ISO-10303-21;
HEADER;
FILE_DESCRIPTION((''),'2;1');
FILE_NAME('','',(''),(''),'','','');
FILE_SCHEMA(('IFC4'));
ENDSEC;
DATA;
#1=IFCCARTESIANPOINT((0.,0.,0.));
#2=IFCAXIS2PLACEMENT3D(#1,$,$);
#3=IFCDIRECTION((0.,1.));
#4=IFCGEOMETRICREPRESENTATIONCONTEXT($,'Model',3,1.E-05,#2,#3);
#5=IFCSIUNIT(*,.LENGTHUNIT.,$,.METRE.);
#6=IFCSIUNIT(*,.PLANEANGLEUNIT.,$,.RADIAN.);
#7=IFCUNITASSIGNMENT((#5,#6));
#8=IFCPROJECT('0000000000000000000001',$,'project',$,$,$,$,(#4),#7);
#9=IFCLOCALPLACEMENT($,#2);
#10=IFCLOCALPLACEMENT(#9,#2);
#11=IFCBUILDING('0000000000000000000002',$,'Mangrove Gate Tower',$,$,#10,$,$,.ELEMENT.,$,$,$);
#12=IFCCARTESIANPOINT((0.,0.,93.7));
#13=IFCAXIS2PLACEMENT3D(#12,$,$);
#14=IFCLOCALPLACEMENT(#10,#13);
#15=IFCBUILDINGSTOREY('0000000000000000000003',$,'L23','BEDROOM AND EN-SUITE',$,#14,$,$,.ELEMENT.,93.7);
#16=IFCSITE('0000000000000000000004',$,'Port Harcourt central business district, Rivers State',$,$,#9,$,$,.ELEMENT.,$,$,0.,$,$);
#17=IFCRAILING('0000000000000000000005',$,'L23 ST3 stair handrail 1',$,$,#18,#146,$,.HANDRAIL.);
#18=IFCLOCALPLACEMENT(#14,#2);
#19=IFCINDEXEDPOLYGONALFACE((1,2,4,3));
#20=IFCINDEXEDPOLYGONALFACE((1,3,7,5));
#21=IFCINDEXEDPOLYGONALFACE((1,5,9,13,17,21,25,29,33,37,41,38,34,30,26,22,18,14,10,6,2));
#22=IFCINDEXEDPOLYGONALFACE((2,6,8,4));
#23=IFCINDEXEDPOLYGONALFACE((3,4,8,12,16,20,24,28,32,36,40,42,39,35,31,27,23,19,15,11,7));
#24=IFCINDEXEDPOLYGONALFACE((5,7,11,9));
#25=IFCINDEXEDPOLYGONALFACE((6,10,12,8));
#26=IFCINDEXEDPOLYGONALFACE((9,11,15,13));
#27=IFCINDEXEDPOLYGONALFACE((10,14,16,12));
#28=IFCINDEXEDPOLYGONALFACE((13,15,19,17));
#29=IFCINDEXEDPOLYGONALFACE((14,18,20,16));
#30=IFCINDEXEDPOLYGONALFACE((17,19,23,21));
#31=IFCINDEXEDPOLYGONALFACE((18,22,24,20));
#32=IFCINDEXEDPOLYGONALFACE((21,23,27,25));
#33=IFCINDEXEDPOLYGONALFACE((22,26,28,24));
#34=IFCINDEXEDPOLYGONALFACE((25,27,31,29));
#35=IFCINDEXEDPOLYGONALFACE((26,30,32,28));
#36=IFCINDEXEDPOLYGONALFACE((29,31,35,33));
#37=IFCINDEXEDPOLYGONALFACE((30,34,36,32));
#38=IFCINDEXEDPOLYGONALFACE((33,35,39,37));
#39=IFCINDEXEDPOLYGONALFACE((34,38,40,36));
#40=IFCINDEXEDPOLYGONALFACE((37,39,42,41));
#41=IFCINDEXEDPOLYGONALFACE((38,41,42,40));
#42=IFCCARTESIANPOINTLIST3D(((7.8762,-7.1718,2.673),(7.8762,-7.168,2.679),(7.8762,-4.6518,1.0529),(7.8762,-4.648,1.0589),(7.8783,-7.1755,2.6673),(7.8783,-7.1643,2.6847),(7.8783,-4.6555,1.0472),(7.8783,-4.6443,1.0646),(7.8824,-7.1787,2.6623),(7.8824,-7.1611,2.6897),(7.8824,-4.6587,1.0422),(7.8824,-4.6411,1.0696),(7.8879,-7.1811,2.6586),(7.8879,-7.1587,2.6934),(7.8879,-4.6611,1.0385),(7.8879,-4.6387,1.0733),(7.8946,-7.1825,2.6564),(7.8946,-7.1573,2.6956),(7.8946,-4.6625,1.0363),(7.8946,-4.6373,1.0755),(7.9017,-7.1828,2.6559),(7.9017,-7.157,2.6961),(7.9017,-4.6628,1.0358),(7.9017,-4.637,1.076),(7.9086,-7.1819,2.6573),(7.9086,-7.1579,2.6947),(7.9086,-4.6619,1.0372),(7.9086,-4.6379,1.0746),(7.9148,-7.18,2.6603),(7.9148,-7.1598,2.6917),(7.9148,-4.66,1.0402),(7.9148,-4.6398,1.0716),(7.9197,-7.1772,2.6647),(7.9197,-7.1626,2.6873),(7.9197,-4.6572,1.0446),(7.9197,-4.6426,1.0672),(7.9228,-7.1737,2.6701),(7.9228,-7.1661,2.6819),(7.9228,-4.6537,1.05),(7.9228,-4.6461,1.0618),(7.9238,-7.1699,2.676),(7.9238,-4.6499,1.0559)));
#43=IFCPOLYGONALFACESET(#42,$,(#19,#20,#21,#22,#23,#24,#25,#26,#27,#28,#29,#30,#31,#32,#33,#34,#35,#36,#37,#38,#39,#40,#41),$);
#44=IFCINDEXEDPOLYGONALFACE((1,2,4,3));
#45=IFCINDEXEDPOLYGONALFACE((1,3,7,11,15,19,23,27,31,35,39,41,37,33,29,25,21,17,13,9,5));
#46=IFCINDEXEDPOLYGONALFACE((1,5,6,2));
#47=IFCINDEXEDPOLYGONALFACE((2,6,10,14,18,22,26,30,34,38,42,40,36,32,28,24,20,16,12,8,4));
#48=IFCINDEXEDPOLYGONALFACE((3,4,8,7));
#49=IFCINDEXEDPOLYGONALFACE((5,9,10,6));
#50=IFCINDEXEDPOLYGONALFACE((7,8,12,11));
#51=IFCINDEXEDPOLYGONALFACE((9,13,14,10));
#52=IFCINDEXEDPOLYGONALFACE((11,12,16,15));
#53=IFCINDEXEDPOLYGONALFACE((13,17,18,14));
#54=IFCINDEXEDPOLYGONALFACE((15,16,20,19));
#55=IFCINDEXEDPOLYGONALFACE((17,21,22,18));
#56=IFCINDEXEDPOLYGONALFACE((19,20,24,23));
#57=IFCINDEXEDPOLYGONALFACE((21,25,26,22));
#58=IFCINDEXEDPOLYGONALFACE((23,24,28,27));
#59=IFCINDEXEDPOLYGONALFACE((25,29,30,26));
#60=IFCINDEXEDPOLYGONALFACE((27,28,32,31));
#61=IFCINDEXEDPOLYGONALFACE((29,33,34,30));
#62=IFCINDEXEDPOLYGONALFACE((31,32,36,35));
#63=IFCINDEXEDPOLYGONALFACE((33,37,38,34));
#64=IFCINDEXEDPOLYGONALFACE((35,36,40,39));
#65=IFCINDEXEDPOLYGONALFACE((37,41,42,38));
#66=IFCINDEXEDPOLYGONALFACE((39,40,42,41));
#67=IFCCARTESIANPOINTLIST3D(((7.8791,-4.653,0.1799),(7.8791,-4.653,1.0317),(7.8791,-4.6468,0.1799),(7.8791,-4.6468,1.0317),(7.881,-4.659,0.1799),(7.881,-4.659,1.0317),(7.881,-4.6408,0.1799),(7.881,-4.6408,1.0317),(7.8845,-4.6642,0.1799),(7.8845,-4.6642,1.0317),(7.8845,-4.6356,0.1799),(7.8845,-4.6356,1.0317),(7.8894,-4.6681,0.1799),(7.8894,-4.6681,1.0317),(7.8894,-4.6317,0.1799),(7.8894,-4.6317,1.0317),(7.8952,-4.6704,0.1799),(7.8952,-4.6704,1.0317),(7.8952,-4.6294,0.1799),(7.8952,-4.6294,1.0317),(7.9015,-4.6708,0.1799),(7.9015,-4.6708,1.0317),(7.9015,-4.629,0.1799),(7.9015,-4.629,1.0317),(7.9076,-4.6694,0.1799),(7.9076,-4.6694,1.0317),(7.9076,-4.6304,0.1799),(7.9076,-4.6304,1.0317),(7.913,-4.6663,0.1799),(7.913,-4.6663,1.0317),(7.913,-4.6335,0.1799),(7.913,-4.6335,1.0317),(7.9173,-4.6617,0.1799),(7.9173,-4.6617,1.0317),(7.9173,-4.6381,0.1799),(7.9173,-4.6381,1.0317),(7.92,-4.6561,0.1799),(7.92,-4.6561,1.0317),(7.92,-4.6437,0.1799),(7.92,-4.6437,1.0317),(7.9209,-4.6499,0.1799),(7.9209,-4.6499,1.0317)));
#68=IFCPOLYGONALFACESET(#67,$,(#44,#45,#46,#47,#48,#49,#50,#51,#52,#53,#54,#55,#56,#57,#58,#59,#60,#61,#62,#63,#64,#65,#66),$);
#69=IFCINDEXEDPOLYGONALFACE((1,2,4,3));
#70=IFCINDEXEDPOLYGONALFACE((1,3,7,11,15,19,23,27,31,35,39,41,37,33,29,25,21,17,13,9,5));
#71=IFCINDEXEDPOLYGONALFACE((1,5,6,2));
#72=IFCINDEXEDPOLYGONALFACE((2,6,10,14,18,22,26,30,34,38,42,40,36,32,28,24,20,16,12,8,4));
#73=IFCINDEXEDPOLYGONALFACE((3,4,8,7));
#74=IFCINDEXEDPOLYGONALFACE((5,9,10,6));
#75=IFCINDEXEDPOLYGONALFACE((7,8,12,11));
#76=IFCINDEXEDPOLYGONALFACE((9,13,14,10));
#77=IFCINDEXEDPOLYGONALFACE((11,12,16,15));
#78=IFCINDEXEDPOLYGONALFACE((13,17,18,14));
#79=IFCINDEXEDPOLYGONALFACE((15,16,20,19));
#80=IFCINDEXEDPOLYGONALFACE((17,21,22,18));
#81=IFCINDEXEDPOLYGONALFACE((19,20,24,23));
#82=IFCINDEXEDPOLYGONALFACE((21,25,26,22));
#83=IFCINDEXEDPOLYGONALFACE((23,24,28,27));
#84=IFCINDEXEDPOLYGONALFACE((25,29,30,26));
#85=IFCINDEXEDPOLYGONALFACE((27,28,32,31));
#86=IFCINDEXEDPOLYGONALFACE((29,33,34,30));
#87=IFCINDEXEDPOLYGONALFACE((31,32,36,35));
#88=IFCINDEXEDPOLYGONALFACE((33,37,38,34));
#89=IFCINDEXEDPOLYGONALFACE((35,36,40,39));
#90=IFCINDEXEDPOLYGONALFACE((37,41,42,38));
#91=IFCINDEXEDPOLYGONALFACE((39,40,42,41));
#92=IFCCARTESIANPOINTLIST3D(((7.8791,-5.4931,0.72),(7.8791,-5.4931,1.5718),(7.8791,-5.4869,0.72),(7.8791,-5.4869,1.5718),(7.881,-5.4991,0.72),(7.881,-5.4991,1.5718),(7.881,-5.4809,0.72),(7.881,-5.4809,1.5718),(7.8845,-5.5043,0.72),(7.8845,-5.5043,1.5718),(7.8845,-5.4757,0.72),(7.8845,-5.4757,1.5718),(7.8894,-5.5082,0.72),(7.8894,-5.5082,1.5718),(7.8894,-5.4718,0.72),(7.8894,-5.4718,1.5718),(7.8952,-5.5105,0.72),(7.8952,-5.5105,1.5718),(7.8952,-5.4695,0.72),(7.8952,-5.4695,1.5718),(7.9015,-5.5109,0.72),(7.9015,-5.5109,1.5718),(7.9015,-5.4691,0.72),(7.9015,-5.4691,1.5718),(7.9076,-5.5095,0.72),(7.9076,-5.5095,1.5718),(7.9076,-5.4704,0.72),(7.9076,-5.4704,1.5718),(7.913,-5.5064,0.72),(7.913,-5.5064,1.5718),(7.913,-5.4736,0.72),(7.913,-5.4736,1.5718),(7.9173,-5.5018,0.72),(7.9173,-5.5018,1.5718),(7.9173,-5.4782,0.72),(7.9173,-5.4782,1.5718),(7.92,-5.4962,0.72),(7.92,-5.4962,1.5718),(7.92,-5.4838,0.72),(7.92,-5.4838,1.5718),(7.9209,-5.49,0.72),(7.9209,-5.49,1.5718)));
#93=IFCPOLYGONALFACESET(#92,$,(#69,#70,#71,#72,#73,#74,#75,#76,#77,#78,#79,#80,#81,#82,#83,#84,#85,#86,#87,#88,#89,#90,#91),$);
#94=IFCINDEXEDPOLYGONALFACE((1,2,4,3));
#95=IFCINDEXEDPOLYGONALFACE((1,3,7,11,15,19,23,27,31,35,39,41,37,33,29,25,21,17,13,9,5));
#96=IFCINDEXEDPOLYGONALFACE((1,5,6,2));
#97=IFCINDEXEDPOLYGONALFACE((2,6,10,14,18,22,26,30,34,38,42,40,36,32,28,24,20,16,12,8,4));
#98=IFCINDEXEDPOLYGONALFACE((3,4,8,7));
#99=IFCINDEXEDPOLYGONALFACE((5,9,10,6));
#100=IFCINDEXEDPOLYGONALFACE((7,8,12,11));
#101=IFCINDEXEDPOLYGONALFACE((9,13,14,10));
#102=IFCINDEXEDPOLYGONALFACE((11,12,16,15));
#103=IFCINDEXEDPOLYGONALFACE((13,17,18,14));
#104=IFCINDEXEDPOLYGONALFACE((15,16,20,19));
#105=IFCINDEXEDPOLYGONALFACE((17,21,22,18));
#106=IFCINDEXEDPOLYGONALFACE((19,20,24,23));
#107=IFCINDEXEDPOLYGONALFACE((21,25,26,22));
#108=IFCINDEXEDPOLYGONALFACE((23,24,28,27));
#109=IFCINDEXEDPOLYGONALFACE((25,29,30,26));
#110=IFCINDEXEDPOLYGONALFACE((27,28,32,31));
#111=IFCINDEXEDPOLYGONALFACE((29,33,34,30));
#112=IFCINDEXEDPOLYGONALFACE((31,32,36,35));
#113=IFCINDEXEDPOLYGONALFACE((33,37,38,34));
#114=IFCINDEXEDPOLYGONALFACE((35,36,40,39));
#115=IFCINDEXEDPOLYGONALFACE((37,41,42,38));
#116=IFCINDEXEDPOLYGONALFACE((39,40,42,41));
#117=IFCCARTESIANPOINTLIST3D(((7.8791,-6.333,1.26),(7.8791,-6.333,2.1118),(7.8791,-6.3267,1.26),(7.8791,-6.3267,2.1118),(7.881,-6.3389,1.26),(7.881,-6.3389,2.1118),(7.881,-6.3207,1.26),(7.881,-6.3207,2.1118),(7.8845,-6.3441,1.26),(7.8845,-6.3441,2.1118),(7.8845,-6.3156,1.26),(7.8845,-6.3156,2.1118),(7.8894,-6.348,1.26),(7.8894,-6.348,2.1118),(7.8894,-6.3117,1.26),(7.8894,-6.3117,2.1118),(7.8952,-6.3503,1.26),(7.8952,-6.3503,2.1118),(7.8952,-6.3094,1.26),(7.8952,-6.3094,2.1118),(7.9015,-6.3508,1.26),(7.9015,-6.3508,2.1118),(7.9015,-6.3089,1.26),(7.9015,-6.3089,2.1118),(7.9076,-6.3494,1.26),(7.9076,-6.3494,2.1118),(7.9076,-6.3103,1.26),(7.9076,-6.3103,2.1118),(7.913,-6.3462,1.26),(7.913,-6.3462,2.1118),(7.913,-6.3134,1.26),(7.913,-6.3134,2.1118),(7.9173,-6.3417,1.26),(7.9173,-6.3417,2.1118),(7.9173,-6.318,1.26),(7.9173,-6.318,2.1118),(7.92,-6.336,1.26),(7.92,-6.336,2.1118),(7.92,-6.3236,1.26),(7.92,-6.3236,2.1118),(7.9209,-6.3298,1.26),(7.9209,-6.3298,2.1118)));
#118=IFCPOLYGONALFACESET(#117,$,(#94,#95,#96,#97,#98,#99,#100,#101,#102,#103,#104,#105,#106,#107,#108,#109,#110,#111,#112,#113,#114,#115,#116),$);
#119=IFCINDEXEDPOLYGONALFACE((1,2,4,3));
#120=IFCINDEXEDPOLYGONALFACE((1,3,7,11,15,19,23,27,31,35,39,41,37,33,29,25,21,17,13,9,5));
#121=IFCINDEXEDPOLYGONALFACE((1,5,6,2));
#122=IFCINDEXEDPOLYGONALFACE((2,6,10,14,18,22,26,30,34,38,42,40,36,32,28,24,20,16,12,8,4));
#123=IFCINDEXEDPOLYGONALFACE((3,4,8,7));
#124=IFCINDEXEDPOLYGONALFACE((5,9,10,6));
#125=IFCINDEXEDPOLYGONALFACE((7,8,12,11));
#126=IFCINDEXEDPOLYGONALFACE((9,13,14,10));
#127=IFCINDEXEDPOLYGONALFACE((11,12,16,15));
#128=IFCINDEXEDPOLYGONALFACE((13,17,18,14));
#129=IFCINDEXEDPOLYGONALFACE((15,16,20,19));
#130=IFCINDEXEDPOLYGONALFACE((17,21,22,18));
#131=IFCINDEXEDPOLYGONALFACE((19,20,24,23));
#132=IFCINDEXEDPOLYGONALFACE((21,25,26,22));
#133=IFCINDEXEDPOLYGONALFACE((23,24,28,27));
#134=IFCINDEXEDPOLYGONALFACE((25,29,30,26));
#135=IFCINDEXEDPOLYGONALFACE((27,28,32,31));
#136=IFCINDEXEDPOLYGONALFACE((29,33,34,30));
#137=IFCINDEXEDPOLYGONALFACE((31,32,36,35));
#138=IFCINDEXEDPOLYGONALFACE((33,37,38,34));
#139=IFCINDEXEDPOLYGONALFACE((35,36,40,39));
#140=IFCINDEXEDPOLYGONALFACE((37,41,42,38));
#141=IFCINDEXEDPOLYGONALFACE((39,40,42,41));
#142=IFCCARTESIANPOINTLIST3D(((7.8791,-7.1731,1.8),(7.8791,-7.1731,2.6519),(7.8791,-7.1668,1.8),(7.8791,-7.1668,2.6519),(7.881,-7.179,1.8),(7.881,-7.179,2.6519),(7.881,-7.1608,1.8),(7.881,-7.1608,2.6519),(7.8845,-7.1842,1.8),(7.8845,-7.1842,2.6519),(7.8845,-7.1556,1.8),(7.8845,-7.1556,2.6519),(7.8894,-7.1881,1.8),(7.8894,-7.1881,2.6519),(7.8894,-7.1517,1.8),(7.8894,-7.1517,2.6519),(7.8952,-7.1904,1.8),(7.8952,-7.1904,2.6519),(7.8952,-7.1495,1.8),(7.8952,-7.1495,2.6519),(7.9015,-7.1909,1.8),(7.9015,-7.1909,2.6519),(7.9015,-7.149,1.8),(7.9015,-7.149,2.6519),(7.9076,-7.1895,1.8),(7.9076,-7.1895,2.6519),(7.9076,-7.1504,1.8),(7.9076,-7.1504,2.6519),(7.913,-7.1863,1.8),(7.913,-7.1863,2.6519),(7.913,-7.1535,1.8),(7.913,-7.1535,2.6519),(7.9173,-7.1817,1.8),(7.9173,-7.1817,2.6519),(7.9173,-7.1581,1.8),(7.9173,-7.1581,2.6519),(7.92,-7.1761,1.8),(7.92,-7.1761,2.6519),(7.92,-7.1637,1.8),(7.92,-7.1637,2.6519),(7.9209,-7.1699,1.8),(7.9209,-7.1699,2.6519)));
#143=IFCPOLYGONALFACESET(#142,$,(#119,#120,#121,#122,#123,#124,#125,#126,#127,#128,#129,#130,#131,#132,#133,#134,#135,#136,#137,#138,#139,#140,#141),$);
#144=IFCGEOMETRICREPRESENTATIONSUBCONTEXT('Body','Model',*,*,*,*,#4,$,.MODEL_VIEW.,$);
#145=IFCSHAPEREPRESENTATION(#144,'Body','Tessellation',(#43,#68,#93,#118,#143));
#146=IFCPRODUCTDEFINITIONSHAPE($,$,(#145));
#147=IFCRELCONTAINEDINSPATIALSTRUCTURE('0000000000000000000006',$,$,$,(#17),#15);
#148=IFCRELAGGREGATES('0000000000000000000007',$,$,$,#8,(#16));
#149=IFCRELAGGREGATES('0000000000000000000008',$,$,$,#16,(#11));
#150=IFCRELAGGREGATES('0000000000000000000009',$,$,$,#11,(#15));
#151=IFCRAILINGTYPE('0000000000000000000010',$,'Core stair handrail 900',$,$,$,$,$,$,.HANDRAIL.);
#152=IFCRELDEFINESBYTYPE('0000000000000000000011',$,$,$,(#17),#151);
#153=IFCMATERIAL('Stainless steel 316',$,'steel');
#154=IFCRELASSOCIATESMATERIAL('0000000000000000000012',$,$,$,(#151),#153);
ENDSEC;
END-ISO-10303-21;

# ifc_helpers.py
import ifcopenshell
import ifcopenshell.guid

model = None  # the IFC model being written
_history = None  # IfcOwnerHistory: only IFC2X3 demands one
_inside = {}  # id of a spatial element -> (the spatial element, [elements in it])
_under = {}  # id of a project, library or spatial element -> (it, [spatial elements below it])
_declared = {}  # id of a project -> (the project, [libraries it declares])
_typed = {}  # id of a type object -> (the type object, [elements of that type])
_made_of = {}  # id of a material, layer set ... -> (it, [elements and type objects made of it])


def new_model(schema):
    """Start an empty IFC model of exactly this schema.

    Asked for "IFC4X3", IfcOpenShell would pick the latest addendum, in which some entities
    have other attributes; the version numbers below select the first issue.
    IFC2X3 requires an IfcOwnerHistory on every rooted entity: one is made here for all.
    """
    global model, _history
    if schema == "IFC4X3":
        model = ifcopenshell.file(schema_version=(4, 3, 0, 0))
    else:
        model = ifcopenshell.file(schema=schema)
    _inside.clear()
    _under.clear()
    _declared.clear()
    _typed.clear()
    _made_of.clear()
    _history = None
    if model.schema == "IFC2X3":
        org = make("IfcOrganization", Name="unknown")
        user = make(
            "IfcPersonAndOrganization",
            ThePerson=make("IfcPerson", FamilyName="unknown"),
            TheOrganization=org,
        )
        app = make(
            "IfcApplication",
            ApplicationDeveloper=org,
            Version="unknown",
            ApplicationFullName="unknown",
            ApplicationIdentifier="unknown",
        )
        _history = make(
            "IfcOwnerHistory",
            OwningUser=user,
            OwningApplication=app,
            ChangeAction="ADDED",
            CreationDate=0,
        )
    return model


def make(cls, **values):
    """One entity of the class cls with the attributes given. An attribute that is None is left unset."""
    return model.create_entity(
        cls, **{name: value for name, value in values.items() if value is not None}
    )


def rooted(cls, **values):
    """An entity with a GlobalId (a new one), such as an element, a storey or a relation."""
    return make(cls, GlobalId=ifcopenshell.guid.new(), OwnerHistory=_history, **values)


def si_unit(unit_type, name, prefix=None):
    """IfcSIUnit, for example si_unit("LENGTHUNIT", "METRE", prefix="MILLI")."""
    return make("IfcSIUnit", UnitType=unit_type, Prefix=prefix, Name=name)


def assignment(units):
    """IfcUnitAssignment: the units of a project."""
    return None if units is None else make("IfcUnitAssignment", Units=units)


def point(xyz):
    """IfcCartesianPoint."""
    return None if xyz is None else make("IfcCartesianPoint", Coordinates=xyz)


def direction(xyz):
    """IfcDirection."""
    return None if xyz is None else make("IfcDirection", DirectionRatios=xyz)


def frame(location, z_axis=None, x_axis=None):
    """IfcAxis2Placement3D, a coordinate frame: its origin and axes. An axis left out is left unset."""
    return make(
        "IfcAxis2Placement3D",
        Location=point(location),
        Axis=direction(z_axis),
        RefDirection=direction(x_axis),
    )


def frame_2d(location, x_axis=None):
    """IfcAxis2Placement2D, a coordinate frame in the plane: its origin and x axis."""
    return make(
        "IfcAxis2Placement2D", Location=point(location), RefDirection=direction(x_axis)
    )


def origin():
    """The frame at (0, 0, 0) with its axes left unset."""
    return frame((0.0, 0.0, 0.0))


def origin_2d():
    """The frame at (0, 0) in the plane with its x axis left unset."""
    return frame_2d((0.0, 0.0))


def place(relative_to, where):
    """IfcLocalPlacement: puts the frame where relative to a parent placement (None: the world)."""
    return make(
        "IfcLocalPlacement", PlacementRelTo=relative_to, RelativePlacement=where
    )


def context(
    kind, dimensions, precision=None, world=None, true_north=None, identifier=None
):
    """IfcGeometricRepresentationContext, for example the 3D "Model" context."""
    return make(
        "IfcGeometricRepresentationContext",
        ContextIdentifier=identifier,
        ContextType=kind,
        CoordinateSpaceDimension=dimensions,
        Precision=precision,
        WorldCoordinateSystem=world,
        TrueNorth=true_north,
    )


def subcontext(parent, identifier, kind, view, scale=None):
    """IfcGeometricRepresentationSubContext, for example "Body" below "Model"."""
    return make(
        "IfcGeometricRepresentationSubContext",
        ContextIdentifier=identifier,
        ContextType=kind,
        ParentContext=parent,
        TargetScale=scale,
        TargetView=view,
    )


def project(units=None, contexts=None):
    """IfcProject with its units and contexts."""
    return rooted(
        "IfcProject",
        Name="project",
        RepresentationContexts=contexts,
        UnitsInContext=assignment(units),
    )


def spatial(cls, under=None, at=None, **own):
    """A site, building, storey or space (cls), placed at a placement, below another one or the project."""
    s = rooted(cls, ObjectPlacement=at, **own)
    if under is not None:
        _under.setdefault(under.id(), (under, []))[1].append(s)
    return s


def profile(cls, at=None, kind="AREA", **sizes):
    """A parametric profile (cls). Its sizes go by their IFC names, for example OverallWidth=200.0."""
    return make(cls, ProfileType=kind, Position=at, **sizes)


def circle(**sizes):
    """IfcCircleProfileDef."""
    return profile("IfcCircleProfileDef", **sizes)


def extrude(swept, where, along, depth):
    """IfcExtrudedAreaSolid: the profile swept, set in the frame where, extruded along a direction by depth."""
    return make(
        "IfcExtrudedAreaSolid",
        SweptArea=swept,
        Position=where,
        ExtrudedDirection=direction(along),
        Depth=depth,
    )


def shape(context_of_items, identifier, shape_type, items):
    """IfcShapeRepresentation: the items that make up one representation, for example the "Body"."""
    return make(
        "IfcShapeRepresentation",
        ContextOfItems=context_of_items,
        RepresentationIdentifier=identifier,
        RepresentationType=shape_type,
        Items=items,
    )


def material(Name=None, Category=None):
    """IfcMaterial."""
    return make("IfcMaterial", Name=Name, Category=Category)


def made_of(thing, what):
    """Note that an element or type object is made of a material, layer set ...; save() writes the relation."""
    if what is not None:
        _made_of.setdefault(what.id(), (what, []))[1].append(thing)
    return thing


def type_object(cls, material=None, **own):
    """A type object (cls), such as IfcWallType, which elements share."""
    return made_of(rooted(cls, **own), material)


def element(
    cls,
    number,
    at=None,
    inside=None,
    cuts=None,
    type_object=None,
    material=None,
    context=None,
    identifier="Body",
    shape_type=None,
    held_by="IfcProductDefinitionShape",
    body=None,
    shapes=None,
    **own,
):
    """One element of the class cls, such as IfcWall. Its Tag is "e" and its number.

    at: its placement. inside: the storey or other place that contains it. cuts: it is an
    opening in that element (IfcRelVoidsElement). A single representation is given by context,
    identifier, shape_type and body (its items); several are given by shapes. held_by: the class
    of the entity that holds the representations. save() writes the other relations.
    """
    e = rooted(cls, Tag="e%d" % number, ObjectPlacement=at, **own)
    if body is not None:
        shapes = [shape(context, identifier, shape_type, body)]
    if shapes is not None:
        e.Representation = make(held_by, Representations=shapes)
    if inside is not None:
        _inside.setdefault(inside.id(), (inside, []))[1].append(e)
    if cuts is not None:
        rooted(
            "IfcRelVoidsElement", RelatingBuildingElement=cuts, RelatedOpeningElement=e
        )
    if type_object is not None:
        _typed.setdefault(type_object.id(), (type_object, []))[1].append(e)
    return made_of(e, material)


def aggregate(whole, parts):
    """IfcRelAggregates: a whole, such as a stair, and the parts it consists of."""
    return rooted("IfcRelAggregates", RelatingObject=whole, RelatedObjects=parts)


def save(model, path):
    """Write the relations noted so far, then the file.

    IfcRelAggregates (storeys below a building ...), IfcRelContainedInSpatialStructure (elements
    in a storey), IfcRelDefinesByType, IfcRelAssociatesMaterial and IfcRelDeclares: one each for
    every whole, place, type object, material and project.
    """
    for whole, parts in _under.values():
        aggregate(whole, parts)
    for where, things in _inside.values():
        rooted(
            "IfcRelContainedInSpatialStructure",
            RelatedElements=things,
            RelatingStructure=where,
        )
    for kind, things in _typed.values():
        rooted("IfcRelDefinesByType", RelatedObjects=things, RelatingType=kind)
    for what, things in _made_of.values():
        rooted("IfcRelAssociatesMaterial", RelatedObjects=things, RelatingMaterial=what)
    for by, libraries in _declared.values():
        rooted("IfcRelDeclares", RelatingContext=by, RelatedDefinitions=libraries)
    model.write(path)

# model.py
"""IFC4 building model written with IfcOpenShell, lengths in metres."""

from ifc_helpers import new_model, si_unit, direction, frame, origin, origin_2d, place, context, subcontext, project, spatial, circle, extrude, material, type_object, element, save


model = new_model("IFC4")

# Units and contexts
model_context = context("Model", 3, precision=1e-05, world=origin(), true_north=direction((0.0, 1.0)))
body_context = subcontext(model_context, "Body", "Model", "MODEL_VIEW")
ifc_project = project(units=[si_unit("LENGTHUNIT", "METRE"), si_unit("PLANEANGLEUNIT", "RADIAN")], contexts=[model_context])

# Site, building, storey
site_placement = place(None, origin())
site = spatial("IfcSite", under=ifc_project, at=site_placement, Name="Port Harcourt central business district, Rivers State", CompositionType="ELEMENT", RefElevation=0.0)
building_placement = place(site_placement, origin())
building = spatial("IfcBuilding", under=site, at=building_placement, Name="Mangrove Gate Tower", CompositionType="ELEMENT")
storey_placement = place(building_placement, frame((0.0, 0.0, 93.7)))
storey = spatial("IfcBuildingStorey", under=building, at=storey_placement, Name="L23", Description="BEDROOM AND EN-SUITE", CompositionType="ELEMENT", Elevation=93.7)

# Railing
ifc_material_1 = material(Name="Stainless steel 316", Category="steel")
railing_type_1 = type_object("IfcRailingType", Name="Core stair handrail 900", PredefinedType="HANDRAIL", material=ifc_material_1)
railing_1_placement = place(storey_placement, frame((7.8999, -4.6499, 0.1799)))
element("IfcRailing", 1, at=railing_1_placement, inside=storey, type_object=railing_type_1, Name="L23 ST3 stair handrail 1", PredefinedType="HANDRAIL", context=body_context, shape_type="SweptSolid", body=[
    extrude(circle(Radius=0.0239, at=origin_2d()), frame((0.0, 0.0, 0.876), z_axis=(0.0, -0.841163, 0.540782), x_axis=(1.0, 0.0, 0.0)), (0.0, 0.0, 1.0), 2.9958),
    extrude(circle(Radius=0.021, at=origin_2d()), origin(), (0.0, 0.0, 1.0), 0.8518),
    extrude(circle(Radius=0.021, at=origin_2d()), frame((0.0, -0.8401, 0.54)), (0.0, 0.0, 1.0), 0.8518),
    extrude(circle(Radius=0.021, at=origin_2d()), frame((0.0, -1.6799, 1.0801)), (0.0, 0.0, 1.0), 0.8518),
    extrude(circle(Radius=0.021, at=origin_2d()), frame((0.0, -2.52, 1.6201)), (0.0, 0.0, 1.0), 0.8518),
])

save(model, "model.ifc")
